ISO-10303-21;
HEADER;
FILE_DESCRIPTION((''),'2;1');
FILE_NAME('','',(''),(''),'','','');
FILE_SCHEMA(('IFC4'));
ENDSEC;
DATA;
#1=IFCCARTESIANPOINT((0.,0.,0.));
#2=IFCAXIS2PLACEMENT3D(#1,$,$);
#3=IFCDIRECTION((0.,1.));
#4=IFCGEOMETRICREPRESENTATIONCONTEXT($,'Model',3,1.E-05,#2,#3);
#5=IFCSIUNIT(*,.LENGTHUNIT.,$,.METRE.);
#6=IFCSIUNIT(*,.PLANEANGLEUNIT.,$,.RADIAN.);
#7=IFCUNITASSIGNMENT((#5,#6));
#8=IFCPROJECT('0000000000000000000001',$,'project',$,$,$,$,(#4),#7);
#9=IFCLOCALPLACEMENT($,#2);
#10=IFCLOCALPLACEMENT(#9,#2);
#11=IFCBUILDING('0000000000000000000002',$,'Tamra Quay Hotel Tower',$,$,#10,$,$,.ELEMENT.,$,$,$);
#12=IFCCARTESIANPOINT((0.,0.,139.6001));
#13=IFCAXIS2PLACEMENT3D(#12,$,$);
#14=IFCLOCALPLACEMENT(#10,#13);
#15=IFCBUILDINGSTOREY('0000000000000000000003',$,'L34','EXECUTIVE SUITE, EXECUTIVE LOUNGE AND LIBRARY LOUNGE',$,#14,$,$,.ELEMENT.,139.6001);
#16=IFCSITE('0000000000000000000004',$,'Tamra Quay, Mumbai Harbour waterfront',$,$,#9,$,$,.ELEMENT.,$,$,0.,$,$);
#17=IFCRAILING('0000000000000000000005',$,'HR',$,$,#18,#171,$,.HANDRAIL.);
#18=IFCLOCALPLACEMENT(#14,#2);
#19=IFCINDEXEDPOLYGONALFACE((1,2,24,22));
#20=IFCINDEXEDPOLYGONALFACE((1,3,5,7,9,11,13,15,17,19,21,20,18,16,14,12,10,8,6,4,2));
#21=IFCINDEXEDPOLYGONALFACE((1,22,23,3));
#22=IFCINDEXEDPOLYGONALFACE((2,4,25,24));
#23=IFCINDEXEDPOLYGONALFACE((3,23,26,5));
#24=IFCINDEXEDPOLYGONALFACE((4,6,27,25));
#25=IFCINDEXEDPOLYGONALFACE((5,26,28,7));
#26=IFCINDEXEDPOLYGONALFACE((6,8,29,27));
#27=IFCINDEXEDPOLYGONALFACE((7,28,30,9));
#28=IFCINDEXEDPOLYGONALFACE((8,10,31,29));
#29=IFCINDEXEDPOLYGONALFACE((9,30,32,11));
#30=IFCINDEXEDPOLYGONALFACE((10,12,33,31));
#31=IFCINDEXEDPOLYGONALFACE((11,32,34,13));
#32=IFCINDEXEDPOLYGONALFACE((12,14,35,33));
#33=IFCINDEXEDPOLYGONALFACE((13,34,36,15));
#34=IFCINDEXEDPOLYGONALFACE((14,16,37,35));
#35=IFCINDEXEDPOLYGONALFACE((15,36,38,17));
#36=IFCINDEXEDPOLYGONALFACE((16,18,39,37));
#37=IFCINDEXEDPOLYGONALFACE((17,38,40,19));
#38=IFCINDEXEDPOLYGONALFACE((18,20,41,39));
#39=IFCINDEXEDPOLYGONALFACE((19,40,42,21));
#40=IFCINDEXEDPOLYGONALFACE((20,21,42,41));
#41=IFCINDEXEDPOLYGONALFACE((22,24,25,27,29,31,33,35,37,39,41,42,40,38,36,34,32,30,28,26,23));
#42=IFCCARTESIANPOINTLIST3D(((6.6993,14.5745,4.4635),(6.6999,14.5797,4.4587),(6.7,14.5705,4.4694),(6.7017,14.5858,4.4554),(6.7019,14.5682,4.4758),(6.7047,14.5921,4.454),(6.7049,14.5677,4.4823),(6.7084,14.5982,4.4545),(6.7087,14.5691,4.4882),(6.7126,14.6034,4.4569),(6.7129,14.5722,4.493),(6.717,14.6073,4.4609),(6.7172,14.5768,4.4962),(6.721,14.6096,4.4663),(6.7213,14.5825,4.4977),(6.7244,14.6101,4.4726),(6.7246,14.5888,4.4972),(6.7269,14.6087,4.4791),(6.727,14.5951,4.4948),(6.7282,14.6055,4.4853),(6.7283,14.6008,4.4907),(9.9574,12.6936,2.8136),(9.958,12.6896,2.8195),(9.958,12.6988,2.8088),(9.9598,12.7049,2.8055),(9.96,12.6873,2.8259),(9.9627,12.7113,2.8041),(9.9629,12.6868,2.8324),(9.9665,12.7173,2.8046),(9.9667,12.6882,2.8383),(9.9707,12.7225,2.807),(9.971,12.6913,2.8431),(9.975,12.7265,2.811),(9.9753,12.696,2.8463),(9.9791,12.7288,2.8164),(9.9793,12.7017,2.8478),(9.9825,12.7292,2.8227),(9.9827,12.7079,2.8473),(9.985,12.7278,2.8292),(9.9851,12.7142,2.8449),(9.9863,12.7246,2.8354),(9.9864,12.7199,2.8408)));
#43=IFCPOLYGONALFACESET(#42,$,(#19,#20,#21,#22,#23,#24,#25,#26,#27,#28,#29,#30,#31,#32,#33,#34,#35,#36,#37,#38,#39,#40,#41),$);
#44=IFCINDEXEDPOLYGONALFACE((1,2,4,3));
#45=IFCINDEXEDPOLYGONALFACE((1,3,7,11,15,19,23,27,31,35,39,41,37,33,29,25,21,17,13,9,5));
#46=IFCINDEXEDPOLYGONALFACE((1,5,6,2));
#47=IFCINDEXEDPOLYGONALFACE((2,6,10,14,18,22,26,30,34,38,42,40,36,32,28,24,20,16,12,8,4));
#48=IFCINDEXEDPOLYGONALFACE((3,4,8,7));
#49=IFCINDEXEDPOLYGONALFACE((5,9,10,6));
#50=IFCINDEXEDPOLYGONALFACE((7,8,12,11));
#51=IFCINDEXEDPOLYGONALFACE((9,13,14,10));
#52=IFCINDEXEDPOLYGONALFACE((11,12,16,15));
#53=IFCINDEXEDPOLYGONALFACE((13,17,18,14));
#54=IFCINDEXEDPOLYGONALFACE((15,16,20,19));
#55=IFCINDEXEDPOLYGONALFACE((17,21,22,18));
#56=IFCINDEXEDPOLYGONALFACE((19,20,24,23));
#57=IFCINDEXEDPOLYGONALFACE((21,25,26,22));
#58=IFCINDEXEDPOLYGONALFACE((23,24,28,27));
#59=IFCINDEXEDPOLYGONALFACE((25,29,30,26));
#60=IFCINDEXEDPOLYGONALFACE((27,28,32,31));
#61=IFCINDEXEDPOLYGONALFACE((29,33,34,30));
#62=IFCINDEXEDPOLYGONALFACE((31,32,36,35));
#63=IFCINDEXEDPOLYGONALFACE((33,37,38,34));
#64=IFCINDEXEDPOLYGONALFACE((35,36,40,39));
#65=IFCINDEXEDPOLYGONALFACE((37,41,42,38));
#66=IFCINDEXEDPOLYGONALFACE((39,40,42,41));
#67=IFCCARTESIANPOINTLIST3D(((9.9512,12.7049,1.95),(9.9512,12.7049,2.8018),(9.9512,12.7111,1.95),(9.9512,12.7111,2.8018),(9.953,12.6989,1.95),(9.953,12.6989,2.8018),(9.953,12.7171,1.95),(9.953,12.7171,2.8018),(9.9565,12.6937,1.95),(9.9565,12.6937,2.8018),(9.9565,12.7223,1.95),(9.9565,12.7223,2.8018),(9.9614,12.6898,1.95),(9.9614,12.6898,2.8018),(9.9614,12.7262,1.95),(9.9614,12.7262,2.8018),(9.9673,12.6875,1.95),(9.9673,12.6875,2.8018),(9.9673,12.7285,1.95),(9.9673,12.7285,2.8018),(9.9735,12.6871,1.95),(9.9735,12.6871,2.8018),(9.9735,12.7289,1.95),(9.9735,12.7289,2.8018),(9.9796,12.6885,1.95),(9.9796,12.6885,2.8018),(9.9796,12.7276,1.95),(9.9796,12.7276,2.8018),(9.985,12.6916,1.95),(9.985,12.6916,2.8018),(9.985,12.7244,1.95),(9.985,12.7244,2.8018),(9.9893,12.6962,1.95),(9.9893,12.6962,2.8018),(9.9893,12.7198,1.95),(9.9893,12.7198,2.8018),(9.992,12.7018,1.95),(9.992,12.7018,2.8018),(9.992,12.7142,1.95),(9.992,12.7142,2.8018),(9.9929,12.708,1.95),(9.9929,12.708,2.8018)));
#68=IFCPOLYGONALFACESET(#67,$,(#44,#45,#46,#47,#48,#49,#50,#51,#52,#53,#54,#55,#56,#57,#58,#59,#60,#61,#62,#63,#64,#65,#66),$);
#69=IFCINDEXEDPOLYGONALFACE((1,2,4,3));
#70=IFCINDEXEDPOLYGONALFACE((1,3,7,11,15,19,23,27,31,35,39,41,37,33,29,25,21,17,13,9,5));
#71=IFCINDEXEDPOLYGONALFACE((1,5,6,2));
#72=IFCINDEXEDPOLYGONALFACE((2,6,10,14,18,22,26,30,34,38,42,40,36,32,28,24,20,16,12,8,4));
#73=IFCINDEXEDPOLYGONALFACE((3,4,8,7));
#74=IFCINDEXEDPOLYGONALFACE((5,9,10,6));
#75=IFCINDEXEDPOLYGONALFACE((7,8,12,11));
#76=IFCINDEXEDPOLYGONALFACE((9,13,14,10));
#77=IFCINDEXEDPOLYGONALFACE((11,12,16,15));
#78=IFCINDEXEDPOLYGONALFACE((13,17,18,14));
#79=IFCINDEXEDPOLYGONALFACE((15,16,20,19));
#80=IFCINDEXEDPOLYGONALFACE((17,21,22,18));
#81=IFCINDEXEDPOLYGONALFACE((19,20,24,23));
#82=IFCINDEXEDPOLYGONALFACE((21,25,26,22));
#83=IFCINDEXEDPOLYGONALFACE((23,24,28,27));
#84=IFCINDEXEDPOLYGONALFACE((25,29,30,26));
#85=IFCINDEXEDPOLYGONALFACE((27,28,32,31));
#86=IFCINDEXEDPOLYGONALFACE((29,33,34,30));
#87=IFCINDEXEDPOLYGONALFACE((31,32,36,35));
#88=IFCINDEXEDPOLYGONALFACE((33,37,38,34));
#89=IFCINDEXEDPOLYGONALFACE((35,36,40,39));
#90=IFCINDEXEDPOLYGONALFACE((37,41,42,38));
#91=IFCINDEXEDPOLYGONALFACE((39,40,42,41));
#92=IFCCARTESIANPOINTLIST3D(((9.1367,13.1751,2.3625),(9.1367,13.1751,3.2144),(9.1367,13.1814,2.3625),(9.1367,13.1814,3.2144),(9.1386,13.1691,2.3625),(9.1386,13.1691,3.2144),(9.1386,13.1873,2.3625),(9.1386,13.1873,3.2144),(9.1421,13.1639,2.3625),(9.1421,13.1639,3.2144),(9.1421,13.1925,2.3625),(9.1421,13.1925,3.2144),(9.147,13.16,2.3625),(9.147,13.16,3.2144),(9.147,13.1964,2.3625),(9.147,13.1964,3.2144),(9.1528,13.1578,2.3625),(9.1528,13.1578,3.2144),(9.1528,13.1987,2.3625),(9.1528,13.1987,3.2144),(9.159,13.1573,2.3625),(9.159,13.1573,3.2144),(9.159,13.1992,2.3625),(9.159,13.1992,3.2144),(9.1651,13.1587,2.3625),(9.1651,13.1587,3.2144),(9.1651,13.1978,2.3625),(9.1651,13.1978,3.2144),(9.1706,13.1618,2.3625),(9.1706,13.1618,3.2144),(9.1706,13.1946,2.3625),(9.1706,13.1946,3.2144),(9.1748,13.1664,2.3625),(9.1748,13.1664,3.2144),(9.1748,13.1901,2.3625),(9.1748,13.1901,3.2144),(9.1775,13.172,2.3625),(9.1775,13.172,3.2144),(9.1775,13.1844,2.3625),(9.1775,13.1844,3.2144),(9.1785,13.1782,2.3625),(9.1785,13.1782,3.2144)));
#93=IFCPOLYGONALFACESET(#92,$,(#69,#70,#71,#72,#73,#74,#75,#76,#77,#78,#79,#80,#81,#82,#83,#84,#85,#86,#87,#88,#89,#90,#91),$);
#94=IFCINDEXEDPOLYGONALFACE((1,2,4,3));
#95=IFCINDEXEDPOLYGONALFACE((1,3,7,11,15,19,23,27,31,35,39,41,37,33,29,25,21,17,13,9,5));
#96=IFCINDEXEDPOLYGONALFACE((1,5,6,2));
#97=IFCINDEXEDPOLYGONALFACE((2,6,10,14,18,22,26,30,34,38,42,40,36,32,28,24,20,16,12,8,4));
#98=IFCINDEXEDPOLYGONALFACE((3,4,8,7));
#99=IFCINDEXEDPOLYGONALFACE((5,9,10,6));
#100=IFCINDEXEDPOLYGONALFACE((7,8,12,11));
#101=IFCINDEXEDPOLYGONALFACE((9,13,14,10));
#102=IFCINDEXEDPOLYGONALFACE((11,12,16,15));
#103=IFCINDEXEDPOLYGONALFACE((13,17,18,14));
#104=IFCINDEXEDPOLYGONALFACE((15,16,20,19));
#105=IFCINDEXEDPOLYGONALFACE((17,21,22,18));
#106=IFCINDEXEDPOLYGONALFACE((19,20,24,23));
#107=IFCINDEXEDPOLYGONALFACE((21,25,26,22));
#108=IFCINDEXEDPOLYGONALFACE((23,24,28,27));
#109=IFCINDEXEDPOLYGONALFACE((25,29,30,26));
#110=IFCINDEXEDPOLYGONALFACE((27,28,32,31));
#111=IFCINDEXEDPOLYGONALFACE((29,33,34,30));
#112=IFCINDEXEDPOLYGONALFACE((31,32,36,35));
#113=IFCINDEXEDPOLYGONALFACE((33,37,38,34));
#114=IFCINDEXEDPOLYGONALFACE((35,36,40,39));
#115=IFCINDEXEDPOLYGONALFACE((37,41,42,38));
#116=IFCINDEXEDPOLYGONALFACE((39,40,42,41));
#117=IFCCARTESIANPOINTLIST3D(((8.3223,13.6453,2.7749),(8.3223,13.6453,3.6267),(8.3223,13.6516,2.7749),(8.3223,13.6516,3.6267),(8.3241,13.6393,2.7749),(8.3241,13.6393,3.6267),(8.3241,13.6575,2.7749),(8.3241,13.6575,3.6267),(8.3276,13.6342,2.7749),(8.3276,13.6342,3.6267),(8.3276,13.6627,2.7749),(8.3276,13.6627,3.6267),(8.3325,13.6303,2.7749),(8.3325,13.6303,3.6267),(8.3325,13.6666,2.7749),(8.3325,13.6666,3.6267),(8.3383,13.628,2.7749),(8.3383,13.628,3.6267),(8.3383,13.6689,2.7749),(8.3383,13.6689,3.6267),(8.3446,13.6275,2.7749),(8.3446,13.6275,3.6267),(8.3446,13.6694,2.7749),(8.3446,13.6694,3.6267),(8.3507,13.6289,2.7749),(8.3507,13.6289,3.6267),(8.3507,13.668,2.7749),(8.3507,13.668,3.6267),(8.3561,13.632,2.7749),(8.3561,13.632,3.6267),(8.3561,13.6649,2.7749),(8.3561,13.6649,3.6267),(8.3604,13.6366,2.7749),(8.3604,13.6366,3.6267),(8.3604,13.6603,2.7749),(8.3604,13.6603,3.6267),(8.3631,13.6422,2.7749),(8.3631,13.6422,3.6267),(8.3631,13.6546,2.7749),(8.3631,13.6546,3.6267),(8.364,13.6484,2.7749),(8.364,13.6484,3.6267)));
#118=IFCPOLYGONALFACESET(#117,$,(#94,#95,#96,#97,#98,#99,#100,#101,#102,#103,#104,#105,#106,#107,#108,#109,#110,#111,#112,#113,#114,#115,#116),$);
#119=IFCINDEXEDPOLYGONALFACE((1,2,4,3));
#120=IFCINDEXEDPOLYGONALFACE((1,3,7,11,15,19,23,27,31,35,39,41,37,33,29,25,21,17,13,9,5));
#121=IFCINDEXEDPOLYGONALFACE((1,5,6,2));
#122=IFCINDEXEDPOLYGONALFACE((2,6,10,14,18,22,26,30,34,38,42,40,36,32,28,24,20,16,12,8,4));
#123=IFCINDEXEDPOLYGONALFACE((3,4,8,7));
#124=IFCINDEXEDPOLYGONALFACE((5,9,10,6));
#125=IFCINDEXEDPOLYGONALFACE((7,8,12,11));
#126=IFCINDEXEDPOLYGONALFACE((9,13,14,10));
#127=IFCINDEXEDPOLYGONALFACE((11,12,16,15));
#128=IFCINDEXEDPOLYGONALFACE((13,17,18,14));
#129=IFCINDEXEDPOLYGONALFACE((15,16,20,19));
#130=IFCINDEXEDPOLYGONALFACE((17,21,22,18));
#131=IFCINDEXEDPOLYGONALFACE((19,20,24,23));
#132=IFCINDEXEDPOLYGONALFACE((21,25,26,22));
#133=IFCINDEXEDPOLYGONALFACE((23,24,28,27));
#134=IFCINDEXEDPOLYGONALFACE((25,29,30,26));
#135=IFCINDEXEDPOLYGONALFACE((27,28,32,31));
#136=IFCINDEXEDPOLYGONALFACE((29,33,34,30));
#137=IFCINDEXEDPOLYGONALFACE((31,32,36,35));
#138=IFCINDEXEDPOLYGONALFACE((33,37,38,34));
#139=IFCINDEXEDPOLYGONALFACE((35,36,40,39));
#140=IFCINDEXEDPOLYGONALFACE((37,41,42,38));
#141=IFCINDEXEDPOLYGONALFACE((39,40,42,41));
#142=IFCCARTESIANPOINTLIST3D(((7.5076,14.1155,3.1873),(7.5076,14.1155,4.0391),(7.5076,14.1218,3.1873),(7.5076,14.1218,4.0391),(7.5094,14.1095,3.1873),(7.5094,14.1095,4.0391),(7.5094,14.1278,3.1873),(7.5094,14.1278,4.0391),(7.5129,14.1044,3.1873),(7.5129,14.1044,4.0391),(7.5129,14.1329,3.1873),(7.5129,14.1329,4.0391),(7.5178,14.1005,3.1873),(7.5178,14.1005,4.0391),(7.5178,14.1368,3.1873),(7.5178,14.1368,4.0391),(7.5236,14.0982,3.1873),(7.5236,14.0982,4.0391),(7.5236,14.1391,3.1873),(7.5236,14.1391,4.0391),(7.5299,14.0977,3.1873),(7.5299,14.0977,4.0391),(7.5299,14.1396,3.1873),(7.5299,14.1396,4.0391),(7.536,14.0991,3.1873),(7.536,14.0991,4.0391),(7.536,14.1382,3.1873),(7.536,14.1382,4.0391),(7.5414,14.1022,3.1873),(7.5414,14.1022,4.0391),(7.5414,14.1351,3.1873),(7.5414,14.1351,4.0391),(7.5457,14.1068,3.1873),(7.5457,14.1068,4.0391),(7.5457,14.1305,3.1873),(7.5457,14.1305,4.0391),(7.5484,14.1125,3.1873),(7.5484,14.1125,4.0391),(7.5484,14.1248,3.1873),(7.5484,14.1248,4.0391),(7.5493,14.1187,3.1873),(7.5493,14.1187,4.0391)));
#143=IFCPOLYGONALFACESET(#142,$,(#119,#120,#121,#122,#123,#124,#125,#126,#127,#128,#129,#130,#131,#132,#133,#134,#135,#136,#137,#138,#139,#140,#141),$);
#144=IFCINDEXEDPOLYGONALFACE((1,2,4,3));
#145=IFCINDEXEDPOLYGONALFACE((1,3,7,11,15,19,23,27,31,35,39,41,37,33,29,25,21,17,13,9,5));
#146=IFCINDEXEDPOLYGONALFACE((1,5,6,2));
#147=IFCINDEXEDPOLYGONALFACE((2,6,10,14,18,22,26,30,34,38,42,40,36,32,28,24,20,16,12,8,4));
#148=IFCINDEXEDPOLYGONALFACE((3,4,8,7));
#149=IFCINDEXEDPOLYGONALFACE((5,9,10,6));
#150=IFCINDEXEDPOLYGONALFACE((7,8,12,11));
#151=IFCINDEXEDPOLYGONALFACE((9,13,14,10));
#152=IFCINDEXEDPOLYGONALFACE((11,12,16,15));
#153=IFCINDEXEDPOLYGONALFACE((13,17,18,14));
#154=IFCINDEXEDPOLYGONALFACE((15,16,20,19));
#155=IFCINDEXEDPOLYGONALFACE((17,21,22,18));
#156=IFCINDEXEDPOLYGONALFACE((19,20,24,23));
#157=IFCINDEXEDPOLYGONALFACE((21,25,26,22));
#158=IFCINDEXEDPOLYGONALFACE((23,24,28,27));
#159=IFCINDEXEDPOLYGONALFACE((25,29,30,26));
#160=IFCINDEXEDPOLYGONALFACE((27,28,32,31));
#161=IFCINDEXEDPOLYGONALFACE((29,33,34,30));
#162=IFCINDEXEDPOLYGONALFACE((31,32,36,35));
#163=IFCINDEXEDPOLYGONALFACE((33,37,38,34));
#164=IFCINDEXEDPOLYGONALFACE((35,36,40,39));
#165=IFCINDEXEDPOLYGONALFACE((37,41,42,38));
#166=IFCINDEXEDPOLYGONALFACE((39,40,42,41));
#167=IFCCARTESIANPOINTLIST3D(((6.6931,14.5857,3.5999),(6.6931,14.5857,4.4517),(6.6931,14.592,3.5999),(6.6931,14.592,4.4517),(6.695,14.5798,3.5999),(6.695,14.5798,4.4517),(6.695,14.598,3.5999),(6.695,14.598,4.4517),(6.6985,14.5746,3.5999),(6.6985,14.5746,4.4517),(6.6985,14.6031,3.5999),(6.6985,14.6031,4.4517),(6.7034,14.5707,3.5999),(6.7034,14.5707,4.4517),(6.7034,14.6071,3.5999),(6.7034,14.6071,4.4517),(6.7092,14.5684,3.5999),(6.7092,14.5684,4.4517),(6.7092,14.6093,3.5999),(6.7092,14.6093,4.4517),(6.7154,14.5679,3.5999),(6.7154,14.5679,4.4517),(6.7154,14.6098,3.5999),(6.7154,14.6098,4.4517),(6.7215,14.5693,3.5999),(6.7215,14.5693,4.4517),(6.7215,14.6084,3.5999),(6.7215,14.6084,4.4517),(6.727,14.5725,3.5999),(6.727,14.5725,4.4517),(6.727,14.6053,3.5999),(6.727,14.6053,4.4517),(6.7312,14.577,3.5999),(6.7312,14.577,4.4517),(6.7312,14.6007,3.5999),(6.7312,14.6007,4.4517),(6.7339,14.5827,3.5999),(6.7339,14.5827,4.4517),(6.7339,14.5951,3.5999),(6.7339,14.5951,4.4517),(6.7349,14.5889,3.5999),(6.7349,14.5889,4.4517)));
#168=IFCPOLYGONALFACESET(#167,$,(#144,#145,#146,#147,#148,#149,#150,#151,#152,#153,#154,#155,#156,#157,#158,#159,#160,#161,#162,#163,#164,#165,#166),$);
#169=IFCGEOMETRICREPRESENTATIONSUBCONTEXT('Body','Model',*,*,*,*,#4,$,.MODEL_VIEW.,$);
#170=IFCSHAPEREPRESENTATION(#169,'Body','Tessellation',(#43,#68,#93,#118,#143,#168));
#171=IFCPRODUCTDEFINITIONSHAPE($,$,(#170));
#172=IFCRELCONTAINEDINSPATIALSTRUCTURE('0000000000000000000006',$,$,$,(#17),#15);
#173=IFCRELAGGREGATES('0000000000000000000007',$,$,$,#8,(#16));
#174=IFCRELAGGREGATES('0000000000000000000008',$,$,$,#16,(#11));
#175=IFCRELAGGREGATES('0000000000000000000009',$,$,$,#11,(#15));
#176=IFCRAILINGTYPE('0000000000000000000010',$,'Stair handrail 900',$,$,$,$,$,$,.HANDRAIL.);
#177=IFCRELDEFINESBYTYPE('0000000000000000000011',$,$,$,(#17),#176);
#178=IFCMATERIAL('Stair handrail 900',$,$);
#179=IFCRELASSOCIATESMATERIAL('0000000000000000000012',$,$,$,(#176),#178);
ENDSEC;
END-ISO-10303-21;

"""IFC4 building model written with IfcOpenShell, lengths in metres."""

from ifc_helpers import new_model, si_unit, direction, frame, origin, origin_2d, place, context, subcontext, project, spatial, circle, extrude, material, type_object, element, save


model = new_model("IFC4")

# Units and contexts
model_context = context("Model", 3, precision=1e-05, world=origin(), true_north=direction((0.0, 1.0)))
body_context = subcontext(model_context, "Body", "Model", "MODEL_VIEW")
ifc_project = project(units=[si_unit("LENGTHUNIT", "METRE"), si_unit("PLANEANGLEUNIT", "RADIAN")], contexts=[model_context])

# Site, building, storey
site_placement = place(None, origin())
site = spatial("IfcSite", under=ifc_project, at=site_placement, Name="Tamra Quay, Mumbai Harbour waterfront", CompositionType="ELEMENT", RefElevation=0.0)
building_placement = place(site_placement, origin())
building = spatial("IfcBuilding", under=site, at=building_placement, Name="Tamra Quay Hotel Tower", CompositionType="ELEMENT")
storey_placement = place(building_placement, frame((0.0, 0.0, 139.6001)))
storey = spatial("IfcBuildingStorey", under=building, at=storey_placement, Name="L34", Description="EXECUTIVE SUITE, EXECUTIVE LOUNGE AND LIBRARY LOUNGE", CompositionType="ELEMENT", Elevation=139.6001)

# Railing
ifc_material_1 = material(Name="Stair handrail 900")
railing_type_1 = type_object("IfcRailingType", Name="Stair handrail 900", PredefinedType="HANDRAIL", material=ifc_material_1)
railing_1_placement = place(storey_placement, frame((9.9719, 12.708, 1.95)))
element("IfcRailing", 1, at=railing_1_placement, inside=storey, type_object=railing_type_1, Name="HR", PredefinedType="HANDRAIL", context=body_context, shape_type="SweptSolid", body=[
    extrude(circle(Radius=0.0239, at=origin_2d()), frame((0.0, 0.0, 0.876), z_axis=(-0.793122, 0.457865, 0.401642), x_axis=(-0.499964, -0.866046, 0.0)), (0.0, 0.0, 1.0), 4.1079),
    extrude(circle(Radius=0.021, at=origin_2d()), origin(), (0.0, 0.0, 1.0), 0.8518),
    extrude(circle(Radius=0.021, at=origin_2d()), frame((-0.8145, 0.4702, 0.4126)), (0.0, 0.0, 1.0), 0.8518),
    extrude(circle(Radius=0.021, at=origin_2d()), frame((-1.6289, 0.9404, 0.825)), (0.0, 0.0, 1.0), 0.8518),
    extrude(circle(Radius=0.021, at=origin_2d()), frame((-2.4436, 1.4106, 1.2373)), (0.0, 0.0, 1.0), 0.8518),
    extrude(circle(Radius=0.021, at=origin_2d()), frame((-3.2581, 1.8809, 1.6499)), (0.0, 0.0, 1.0), 0.8518),
])

save(model, "model.ifc")
